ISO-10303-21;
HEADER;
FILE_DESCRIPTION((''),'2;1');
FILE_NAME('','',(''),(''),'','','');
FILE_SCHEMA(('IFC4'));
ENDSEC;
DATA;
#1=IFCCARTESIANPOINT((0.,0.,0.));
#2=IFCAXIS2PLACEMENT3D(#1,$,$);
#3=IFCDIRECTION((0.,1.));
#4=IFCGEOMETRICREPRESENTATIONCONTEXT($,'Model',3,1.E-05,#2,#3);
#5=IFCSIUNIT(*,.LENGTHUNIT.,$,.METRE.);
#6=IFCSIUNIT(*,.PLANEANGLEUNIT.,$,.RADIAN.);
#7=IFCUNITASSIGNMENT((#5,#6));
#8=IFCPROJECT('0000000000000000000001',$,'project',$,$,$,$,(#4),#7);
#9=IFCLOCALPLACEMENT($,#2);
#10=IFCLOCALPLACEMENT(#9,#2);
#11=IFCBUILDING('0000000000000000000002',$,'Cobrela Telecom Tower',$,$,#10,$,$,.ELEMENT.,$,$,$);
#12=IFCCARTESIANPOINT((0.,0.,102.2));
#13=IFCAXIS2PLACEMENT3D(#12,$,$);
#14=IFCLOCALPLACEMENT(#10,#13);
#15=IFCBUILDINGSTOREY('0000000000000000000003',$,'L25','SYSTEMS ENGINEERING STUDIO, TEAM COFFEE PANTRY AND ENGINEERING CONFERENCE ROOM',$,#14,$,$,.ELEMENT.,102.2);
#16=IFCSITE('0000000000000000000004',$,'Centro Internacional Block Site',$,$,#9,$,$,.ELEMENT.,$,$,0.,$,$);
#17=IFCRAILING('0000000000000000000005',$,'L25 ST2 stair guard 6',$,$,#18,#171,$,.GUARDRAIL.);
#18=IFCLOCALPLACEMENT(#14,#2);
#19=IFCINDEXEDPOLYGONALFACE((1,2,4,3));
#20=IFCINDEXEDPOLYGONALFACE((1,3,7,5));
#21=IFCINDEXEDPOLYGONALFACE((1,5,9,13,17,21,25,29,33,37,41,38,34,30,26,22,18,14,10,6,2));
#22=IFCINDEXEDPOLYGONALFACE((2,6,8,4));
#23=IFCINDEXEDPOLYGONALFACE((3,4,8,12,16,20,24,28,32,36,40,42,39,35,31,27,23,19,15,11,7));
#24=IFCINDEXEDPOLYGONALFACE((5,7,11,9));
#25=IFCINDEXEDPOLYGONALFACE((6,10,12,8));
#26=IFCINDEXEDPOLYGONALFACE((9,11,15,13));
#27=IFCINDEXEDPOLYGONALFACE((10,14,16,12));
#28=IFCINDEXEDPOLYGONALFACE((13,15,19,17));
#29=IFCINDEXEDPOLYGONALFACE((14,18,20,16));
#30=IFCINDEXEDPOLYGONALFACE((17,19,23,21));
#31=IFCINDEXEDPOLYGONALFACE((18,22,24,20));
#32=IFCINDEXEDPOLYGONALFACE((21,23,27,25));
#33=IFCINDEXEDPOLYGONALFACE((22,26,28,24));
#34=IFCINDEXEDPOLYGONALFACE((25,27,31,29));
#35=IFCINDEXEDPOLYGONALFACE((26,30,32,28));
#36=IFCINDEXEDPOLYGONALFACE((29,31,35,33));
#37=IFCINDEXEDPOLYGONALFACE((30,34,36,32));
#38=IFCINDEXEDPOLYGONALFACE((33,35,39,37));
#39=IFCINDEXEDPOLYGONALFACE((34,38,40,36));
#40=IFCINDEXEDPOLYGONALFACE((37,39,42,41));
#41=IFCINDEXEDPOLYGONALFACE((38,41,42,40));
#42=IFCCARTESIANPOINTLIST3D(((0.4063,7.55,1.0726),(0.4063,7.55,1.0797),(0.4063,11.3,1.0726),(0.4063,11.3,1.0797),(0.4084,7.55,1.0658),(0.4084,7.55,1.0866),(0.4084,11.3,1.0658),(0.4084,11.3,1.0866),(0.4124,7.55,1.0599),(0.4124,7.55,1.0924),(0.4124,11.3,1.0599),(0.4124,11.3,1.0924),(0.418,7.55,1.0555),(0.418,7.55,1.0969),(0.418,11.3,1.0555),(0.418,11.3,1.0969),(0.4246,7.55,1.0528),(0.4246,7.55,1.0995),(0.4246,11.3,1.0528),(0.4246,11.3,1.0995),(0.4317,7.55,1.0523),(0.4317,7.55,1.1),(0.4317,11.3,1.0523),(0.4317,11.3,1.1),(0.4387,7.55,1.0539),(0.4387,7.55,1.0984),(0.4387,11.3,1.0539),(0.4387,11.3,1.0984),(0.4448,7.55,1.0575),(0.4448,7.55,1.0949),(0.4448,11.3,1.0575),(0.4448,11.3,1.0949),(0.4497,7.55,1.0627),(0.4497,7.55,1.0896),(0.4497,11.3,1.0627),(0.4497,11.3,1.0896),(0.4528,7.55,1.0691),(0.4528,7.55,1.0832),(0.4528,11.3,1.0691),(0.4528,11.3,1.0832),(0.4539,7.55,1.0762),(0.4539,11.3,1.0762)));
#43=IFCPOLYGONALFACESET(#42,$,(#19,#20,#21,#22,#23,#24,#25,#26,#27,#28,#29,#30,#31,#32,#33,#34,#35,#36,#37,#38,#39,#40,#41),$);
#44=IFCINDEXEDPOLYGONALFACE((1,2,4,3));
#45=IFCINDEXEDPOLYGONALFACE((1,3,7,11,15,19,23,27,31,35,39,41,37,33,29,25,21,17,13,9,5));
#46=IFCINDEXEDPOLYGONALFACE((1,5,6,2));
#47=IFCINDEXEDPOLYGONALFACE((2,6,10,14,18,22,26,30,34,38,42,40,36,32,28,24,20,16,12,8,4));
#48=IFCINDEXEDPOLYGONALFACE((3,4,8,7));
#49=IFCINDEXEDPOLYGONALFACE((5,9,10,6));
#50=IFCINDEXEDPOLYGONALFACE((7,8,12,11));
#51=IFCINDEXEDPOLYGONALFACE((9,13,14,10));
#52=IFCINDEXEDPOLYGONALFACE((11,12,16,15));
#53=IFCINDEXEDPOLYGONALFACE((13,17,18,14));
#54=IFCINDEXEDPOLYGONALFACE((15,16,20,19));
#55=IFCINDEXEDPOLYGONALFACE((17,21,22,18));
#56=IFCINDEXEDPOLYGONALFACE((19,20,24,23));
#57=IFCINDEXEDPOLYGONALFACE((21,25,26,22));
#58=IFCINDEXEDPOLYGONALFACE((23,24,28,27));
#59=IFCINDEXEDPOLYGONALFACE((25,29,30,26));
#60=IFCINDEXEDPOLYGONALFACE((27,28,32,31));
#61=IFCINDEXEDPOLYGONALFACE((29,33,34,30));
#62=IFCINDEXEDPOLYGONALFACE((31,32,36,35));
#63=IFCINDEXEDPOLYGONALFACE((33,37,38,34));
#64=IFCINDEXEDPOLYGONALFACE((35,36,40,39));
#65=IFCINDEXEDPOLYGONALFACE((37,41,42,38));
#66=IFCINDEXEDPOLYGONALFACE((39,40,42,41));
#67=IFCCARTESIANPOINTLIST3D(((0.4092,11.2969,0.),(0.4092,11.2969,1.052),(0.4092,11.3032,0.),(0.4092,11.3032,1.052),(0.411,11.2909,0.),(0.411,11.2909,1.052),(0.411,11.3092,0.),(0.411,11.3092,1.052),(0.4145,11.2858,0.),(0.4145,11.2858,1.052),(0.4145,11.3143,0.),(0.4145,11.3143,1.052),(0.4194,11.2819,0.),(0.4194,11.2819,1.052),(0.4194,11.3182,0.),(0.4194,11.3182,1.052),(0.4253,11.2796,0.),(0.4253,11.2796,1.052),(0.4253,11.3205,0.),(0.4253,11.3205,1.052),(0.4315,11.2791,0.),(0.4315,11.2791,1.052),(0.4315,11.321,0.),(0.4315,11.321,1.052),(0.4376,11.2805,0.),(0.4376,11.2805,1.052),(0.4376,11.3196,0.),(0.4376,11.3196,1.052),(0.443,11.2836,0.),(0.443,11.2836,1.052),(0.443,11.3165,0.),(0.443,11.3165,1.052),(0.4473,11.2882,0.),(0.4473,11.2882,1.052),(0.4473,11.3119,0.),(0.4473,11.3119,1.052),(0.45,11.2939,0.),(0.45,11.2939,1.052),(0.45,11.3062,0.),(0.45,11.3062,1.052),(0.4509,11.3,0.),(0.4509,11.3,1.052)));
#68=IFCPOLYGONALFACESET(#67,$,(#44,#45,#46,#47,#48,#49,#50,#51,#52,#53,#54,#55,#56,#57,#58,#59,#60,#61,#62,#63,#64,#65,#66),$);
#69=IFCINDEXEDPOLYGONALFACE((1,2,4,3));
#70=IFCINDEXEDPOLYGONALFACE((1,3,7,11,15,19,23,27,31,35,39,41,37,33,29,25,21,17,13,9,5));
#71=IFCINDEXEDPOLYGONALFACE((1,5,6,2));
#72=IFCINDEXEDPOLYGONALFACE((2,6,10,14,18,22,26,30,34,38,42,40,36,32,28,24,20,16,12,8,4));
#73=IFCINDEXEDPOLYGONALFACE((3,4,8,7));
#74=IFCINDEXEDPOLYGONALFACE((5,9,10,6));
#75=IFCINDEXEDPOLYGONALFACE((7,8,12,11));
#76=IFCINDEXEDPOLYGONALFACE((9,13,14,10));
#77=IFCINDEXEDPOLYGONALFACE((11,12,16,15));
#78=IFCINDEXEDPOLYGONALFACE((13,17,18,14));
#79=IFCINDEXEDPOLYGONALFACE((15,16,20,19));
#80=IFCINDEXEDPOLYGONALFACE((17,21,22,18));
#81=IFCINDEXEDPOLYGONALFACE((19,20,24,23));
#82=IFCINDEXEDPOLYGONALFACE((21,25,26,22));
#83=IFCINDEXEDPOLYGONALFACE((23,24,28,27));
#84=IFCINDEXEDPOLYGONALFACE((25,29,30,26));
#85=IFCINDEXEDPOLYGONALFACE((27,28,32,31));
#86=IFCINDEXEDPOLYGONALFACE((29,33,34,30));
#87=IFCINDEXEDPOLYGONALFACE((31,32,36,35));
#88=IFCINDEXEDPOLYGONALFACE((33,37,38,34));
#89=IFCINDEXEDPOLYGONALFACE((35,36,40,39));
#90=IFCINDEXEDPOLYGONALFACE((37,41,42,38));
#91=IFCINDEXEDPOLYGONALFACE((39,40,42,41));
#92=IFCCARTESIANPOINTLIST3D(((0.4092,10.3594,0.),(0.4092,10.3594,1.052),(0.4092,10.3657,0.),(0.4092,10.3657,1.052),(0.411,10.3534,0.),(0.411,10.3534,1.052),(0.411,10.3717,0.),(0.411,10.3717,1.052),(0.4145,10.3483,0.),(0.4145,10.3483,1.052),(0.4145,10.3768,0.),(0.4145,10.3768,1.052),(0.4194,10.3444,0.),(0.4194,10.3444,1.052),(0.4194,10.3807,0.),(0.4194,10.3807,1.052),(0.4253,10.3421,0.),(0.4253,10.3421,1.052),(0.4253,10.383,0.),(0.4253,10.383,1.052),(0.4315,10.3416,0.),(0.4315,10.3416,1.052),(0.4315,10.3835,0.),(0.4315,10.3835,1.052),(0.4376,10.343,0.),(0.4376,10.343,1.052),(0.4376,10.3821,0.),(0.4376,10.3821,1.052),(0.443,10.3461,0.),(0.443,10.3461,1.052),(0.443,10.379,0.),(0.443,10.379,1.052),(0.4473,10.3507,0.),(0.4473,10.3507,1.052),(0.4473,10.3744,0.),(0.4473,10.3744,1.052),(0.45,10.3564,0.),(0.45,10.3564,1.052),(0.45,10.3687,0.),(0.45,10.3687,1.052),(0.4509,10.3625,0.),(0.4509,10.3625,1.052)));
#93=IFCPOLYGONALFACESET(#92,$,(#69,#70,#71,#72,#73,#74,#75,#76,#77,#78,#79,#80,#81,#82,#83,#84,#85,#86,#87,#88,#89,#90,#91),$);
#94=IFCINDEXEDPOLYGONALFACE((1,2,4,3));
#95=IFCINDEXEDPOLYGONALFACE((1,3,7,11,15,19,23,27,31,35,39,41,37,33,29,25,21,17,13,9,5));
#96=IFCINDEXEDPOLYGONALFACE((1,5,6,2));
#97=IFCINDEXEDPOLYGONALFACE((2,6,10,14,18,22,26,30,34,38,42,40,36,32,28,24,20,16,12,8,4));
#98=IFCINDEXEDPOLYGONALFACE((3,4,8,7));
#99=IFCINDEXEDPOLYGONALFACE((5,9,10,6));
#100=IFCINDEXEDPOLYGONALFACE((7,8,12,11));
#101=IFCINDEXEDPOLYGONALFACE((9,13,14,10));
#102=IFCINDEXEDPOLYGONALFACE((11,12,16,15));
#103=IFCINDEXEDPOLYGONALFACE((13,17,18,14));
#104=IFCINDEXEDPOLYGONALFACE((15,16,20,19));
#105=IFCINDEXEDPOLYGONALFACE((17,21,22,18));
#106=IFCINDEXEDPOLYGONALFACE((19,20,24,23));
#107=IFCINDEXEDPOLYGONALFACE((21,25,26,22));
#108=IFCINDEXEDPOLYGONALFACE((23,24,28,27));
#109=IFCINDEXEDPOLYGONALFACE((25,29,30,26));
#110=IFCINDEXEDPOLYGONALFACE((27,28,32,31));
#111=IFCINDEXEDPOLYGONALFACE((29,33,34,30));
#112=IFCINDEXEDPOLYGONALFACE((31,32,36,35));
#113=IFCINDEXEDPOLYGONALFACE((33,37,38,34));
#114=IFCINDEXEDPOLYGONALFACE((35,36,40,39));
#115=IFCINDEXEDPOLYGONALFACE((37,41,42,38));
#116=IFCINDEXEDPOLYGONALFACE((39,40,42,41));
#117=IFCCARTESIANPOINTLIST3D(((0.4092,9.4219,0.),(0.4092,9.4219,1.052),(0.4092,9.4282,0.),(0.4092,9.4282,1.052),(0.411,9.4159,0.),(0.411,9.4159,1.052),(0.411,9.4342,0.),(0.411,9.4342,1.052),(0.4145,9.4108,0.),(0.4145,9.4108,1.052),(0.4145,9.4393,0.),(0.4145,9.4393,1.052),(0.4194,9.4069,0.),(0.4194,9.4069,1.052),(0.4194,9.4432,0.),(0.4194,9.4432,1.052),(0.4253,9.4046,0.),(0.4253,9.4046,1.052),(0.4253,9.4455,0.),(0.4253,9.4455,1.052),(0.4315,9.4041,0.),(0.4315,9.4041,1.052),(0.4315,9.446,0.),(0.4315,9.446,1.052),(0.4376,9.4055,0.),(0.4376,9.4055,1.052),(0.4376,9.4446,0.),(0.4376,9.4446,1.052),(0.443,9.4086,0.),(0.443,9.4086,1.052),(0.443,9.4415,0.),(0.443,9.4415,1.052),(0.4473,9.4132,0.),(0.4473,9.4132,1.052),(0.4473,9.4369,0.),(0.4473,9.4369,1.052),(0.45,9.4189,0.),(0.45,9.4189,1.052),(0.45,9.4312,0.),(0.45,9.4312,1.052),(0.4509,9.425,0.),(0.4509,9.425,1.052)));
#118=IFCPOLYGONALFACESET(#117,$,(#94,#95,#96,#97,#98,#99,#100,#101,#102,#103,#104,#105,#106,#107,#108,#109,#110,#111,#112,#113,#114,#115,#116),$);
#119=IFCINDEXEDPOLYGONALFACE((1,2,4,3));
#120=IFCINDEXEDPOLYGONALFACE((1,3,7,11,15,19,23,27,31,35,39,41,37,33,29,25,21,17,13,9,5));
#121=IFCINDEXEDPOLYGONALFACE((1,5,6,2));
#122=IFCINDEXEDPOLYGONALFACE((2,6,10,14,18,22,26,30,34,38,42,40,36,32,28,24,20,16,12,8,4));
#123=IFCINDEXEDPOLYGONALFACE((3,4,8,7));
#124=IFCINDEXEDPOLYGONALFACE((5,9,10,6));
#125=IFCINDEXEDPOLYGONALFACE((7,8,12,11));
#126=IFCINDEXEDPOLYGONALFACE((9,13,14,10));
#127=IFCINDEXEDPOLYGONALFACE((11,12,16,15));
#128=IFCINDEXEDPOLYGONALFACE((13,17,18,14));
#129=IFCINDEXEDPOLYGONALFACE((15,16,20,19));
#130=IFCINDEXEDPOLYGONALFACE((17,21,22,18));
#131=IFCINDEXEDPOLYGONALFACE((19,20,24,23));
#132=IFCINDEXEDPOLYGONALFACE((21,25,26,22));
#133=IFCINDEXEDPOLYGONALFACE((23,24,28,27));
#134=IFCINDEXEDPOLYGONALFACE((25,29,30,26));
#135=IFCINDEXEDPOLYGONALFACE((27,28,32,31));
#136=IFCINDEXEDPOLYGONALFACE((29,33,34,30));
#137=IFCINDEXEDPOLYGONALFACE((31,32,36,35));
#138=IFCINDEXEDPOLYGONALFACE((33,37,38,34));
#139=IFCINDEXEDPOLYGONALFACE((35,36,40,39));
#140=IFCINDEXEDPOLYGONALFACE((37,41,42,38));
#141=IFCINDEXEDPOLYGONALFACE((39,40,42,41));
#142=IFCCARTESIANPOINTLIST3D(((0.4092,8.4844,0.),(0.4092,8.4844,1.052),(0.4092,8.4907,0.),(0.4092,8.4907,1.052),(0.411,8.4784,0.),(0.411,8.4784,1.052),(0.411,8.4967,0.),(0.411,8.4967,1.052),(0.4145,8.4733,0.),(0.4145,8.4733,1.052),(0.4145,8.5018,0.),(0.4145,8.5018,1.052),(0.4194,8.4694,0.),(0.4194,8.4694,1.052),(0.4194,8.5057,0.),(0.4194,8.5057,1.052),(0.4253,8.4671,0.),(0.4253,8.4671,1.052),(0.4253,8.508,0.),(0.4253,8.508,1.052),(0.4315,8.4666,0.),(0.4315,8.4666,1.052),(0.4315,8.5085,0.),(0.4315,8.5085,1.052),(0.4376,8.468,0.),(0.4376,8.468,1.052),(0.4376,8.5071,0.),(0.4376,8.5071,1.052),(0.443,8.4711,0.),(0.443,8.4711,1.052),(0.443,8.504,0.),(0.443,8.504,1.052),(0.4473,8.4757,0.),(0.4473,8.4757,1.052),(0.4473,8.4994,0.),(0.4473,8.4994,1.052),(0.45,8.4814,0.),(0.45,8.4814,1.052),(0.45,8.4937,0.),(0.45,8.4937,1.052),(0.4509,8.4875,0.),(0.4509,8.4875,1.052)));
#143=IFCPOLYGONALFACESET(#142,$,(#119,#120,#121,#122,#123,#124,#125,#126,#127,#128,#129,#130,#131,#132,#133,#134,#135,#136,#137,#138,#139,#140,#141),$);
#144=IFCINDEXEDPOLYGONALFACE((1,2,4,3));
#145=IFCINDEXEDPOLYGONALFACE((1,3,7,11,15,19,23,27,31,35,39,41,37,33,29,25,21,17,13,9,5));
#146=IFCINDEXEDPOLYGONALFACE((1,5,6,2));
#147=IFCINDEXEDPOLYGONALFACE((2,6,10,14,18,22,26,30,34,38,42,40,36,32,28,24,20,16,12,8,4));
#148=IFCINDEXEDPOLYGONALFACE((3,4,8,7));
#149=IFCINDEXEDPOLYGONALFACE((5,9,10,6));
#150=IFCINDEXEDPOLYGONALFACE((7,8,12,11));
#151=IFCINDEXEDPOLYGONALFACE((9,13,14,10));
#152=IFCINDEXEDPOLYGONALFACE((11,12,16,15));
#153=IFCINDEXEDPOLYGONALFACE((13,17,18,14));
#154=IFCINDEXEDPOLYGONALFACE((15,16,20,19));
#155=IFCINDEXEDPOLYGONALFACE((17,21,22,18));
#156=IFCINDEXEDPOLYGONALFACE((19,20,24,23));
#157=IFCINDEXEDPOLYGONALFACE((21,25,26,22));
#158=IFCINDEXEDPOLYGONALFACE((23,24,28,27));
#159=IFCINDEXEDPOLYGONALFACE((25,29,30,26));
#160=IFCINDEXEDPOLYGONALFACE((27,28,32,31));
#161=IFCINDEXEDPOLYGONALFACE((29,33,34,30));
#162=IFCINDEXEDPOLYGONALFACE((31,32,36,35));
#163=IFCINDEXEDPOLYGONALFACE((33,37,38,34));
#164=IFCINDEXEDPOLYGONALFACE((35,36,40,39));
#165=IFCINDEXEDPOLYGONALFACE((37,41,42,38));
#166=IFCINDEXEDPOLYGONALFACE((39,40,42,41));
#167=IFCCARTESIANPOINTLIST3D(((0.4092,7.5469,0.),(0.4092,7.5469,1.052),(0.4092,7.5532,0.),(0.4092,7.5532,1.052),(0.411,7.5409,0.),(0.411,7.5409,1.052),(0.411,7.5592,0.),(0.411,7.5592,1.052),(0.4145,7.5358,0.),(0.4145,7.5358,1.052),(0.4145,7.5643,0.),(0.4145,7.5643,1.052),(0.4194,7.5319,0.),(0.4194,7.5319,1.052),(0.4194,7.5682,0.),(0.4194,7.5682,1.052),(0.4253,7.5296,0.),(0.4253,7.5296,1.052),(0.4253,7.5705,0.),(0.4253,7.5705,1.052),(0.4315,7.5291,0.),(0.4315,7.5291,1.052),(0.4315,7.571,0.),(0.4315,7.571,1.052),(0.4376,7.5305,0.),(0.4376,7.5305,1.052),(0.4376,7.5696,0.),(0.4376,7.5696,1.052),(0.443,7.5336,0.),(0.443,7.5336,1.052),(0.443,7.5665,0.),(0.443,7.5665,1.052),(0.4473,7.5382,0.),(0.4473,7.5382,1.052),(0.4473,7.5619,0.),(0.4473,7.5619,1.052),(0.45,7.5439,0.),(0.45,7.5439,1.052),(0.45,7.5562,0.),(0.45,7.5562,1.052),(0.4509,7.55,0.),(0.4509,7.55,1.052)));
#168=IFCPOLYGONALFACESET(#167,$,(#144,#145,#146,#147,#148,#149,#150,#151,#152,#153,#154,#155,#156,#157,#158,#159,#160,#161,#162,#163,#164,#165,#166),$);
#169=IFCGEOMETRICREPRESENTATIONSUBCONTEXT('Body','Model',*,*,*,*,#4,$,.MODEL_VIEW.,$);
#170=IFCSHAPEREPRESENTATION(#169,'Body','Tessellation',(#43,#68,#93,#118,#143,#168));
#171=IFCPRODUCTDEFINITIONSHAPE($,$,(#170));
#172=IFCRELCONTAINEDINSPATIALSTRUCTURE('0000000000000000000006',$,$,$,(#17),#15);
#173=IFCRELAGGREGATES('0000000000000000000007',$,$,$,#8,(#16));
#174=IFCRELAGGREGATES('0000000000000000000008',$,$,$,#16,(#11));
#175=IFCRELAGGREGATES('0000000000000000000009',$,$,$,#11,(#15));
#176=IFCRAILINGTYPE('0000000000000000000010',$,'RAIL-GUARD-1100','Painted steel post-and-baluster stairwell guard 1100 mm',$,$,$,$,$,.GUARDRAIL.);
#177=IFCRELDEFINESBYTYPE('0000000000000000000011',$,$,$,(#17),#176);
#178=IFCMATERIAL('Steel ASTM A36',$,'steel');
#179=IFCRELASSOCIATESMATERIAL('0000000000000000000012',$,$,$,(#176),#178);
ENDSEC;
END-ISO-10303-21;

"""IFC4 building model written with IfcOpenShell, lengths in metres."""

from ifc_helpers import new_model, si_unit, direction, frame, origin, origin_2d, place, context, subcontext, project, spatial, circle, extrude, material, type_object, element, save


model = new_model("IFC4")

# Units and contexts
model_context = context("Model", 3, precision=1e-05, world=origin(), true_north=direction((0.0, 1.0)))
body_context = subcontext(model_context, "Body", "Model", "MODEL_VIEW")
ifc_project = project(units=[si_unit("LENGTHUNIT", "METRE"), si_unit("PLANEANGLEUNIT", "RADIAN")], contexts=[model_context])

# Site, building, storey
site_placement = place(None, origin())
site = spatial("IfcSite", under=ifc_project, at=site_placement, Name="Centro Internacional Block Site", CompositionType="ELEMENT", RefElevation=0.0)
building_placement = place(site_placement, origin())
building = spatial("IfcBuilding", under=site, at=building_placement, Name="Cobrela Telecom Tower", CompositionType="ELEMENT")
storey_placement = place(building_placement, frame((0.0, 0.0, 102.2)))
storey = spatial("IfcBuildingStorey", under=building, at=storey_placement, Name="L25", Description="SYSTEMS ENGINEERING STUDIO, TEAM COFFEE PANTRY AND ENGINEERING CONFERENCE ROOM", CompositionType="ELEMENT", Elevation=102.2)

# Shared definitions
ifc_material_1 = material(Name="Steel ASTM A36", Category="steel")

# Railing
railing_type_1 = type_object("IfcRailingType", Name="RAIL-GUARD-1100", Description="Painted steel post-and-baluster stairwell guard 1100 mm", PredefinedType="GUARDRAIL", material=ifc_material_1)
railing_1_placement = place(storey_placement, frame((0.4299, 11.3, 0.0)))
element("IfcRailing", 1, at=railing_1_placement, inside=storey, type_object=railing_type_1, Name="L25 ST2 stair guard 6", PredefinedType="GUARDRAIL", context=body_context, shape_type="SweptSolid", body=[
    extrude(circle(Radius=0.0239, at=origin_2d()), frame((0.0, 0.0, 1.0762), z_axis=(0.0, -1.0, 0.0), x_axis=(1.0, 0.0, 0.0)), (0.0, 0.0, 1.0), 3.75),
    extrude(circle(Radius=0.021, at=origin_2d()), origin(), (0.0, 0.0, 1.0), 1.052),
    extrude(circle(Radius=0.021, at=origin_2d()), frame((0.0, -0.9375, 0.0)), (0.0, 0.0, 1.0), 1.052),
    extrude(circle(Radius=0.021, at=origin_2d()), frame((0.0, -1.875, 0.0)), (0.0, 0.0, 1.0), 1.052),
    extrude(circle(Radius=0.021, at=origin_2d()), frame((0.0, -2.8125, 0.0)), (0.0, 0.0, 1.0), 1.052),
    extrude(circle(Radius=0.021, at=origin_2d()), frame((0.0, -3.75, 0.0)), (0.0, 0.0, 1.0), 1.052),
])

save(model, "model.ifc")
